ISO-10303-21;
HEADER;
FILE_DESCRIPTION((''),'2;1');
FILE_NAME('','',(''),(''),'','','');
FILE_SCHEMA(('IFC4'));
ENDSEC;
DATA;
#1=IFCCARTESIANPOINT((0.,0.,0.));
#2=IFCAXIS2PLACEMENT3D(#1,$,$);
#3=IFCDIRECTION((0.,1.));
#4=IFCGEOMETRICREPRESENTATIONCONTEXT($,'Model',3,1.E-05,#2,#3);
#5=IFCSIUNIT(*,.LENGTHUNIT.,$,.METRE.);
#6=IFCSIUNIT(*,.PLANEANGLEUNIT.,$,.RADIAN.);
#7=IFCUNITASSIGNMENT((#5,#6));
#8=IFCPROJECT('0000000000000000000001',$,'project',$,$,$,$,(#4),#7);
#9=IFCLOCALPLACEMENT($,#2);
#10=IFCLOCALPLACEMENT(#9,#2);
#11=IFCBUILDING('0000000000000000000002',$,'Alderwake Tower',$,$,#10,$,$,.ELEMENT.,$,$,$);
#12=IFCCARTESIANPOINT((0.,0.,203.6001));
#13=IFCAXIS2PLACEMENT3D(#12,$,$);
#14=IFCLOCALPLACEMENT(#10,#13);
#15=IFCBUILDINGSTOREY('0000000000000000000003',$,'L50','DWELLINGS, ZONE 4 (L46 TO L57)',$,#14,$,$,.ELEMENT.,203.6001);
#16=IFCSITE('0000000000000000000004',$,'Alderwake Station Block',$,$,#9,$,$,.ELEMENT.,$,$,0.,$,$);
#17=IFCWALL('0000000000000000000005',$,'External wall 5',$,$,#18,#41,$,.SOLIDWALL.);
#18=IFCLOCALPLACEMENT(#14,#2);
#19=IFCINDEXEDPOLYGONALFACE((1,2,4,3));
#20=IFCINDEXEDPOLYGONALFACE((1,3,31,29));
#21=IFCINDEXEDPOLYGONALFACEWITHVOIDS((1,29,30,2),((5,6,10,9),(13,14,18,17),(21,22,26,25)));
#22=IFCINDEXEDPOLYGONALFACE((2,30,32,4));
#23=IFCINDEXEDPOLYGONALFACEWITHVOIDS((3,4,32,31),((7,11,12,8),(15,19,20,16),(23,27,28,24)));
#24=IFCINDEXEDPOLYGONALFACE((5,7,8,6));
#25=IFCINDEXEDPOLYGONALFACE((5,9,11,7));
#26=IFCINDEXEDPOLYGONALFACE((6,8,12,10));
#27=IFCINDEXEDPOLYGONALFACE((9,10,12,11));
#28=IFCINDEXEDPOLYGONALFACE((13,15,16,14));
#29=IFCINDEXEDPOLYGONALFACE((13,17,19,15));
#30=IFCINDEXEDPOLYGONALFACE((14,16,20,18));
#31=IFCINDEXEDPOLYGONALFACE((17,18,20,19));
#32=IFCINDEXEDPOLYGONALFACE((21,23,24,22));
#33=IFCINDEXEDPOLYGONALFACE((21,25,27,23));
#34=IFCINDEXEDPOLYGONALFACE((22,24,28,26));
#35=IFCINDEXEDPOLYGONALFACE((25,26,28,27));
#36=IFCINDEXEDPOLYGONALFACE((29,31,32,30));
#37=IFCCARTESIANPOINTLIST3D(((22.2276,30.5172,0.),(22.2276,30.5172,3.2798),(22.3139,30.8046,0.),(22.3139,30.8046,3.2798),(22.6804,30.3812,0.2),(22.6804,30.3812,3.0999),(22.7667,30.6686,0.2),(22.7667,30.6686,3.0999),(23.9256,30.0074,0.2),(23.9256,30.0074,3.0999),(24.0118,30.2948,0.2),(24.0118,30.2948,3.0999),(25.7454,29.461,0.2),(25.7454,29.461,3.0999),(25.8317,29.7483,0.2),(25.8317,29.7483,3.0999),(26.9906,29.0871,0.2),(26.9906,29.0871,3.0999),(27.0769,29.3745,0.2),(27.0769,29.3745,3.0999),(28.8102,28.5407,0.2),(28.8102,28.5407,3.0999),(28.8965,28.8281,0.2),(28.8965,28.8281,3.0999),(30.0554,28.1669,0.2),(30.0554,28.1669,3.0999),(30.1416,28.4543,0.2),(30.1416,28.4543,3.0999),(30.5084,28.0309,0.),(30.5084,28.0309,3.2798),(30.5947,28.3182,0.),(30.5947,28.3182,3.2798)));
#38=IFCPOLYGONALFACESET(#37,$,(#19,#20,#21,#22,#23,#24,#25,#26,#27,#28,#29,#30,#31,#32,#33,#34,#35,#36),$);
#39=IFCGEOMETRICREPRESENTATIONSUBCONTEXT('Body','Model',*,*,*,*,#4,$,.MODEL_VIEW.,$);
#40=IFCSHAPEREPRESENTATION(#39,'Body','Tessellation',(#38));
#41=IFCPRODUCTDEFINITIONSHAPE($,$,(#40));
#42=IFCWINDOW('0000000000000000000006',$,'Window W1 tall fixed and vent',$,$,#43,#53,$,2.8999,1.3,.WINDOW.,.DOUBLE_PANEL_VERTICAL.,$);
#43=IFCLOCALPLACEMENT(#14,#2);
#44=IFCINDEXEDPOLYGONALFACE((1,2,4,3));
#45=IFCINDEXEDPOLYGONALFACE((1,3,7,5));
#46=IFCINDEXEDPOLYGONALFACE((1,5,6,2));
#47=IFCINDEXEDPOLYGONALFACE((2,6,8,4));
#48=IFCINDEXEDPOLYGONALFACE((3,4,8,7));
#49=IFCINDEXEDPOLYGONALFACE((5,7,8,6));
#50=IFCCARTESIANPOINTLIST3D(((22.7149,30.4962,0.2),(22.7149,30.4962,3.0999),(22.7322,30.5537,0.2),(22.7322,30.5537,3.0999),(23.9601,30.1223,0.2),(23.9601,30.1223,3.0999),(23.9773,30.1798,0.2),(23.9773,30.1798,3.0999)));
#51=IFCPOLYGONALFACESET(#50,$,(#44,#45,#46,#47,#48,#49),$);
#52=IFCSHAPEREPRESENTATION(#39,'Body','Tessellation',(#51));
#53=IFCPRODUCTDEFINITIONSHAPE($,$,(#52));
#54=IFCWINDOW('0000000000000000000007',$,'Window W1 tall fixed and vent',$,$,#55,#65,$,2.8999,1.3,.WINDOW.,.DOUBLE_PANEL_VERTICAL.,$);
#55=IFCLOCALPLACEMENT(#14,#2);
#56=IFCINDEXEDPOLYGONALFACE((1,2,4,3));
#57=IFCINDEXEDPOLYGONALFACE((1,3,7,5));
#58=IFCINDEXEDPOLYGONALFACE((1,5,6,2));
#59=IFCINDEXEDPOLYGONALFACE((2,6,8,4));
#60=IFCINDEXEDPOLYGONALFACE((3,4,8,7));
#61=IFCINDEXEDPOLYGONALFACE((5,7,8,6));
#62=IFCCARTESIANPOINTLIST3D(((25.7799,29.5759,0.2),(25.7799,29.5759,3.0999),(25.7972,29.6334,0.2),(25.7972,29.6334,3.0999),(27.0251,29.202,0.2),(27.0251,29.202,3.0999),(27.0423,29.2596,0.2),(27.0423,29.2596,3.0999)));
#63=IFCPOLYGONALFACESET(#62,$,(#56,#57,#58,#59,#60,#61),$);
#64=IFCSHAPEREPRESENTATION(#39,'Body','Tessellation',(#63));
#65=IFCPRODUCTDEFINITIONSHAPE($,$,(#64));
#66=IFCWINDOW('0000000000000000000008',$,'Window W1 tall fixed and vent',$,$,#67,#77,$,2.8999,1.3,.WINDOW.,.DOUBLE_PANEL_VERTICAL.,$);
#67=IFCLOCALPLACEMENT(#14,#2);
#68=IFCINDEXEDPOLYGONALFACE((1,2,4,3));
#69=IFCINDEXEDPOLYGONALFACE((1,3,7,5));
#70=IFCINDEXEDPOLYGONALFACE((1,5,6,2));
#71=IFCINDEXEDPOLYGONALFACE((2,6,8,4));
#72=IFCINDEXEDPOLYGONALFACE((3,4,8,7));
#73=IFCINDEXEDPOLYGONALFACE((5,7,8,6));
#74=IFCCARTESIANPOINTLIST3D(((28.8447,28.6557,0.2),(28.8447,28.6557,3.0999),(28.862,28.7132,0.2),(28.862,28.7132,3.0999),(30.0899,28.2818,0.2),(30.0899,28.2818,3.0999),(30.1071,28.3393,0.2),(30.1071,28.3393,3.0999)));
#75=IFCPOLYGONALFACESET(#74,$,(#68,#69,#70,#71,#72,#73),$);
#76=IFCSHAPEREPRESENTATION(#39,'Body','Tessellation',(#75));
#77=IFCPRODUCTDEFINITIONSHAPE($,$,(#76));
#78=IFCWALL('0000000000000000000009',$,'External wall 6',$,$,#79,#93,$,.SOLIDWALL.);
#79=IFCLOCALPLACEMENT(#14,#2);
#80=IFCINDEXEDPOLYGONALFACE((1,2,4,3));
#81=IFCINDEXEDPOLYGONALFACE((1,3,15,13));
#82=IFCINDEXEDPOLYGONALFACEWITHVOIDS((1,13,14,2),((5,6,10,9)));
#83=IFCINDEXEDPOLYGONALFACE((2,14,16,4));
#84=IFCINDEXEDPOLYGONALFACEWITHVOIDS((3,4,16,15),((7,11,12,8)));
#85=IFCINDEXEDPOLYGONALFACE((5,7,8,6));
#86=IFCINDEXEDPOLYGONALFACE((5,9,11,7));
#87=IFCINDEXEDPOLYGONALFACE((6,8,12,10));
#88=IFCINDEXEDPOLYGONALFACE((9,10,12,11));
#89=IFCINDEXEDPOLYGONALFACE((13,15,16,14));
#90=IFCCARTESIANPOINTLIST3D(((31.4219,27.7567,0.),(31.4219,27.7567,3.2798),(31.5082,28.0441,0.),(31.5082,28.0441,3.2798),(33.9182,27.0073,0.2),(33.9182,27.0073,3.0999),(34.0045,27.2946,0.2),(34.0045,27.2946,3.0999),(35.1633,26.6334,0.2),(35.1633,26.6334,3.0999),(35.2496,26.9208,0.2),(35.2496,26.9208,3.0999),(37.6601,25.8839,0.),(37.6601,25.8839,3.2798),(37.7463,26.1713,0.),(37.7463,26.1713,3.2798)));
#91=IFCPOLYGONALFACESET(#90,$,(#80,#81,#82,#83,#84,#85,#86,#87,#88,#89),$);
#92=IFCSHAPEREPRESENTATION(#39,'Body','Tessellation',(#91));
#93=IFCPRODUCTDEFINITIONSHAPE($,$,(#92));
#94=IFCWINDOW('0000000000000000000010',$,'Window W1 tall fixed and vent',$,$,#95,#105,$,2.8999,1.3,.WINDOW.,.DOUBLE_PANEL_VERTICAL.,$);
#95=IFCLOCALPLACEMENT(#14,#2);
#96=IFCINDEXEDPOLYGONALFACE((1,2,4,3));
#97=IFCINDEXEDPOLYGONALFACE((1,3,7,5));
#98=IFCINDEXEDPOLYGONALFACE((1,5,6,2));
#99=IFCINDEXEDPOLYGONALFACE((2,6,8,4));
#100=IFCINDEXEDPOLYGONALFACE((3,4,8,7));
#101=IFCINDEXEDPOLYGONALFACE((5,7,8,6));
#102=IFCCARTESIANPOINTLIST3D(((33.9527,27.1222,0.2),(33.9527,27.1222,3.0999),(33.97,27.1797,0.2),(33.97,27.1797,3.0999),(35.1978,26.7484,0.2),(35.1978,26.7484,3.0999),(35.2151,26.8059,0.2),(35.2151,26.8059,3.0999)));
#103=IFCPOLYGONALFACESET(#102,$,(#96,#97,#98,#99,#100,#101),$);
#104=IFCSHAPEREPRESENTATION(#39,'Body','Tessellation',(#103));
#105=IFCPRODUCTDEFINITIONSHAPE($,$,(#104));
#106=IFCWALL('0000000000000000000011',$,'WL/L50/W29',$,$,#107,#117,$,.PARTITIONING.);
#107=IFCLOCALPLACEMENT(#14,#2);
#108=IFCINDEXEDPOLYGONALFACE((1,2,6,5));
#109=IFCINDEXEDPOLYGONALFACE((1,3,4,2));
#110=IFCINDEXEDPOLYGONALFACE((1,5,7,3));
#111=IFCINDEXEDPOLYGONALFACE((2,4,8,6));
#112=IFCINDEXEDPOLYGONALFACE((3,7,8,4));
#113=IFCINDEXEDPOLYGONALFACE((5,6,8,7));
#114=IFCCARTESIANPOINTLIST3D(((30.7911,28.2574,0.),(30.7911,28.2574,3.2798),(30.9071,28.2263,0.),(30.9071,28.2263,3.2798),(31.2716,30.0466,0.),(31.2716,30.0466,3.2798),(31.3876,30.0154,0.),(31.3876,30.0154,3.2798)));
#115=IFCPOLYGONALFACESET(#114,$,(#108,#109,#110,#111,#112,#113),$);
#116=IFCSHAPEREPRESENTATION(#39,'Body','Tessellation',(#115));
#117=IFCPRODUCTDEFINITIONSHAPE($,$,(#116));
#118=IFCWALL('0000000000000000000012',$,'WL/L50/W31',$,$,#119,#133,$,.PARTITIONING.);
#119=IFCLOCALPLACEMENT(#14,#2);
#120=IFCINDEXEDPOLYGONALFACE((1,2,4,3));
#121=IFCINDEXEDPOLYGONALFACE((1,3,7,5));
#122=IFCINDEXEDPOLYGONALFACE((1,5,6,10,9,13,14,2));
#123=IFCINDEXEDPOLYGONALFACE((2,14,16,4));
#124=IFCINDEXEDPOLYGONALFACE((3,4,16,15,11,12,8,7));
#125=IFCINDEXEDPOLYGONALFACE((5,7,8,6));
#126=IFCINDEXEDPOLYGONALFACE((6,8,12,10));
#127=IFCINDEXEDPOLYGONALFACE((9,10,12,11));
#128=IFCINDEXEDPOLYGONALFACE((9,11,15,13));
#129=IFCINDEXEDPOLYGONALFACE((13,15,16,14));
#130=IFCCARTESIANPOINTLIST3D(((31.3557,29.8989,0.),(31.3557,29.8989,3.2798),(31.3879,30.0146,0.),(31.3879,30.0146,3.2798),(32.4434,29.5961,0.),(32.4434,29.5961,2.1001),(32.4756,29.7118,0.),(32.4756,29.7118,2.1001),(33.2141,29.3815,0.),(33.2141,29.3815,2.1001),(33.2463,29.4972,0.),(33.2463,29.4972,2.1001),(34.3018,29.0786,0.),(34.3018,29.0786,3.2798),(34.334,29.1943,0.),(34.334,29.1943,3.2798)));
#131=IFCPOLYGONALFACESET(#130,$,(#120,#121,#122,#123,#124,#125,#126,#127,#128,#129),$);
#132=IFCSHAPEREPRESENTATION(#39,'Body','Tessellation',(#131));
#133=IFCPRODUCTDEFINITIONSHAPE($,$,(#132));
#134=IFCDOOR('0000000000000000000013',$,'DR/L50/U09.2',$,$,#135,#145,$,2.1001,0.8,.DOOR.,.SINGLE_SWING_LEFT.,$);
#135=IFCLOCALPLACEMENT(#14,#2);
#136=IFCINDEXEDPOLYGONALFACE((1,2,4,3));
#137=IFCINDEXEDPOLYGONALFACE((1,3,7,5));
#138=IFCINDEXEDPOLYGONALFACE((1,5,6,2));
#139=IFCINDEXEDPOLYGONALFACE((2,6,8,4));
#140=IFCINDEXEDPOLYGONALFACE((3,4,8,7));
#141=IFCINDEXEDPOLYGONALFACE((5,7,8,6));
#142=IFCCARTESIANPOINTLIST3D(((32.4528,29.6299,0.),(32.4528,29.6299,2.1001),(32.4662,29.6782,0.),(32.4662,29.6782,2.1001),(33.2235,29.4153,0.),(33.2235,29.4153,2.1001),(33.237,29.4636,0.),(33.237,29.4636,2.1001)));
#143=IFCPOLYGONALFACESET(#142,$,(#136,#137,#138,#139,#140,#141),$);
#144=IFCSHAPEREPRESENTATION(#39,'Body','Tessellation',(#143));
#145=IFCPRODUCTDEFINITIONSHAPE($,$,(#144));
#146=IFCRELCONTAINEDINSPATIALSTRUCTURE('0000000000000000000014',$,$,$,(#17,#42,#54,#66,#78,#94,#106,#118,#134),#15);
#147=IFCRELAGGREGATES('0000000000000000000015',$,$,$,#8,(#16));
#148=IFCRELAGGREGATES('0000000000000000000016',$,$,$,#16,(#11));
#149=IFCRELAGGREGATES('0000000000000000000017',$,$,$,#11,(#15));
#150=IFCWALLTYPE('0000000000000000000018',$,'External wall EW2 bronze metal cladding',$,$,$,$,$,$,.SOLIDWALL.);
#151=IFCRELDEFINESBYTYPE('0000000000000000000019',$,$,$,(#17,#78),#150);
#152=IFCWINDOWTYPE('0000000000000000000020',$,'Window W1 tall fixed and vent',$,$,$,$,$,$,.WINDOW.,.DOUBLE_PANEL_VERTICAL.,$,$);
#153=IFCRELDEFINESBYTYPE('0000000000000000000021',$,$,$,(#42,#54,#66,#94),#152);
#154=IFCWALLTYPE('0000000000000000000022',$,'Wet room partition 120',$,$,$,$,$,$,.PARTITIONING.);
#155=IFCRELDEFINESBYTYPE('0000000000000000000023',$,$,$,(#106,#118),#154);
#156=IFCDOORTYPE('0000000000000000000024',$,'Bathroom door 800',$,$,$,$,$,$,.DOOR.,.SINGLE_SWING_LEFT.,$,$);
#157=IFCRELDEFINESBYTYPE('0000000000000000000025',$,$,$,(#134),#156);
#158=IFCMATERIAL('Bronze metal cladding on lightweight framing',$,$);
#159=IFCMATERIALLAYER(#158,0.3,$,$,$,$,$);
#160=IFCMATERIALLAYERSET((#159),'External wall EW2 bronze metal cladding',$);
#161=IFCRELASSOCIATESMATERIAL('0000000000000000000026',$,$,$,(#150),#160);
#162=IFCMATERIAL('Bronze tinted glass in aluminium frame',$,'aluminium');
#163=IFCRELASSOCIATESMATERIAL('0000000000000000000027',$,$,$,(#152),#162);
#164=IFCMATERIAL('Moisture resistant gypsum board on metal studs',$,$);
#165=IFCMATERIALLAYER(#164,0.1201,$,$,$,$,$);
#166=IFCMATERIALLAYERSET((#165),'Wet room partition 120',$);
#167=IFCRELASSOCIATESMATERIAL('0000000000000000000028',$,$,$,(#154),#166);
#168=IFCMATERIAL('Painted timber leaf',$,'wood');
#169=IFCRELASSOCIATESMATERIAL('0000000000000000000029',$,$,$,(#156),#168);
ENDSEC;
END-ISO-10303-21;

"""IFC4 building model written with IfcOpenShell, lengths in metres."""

from ifc_helpers import new_model, si_unit, direction, frame, frame_2d, origin, place, context, subcontext, project, spatial, rectangle, extrude, material, layer, layer_set, type_object, element, fill, save


model = new_model("IFC4")

# Units and contexts
model_context = context("Model", 3, precision=1e-05, world=origin(), true_north=direction((0.0, 1.0)))
body_context = subcontext(model_context, "Body", "Model", "MODEL_VIEW")
ifc_project = project(units=[si_unit("LENGTHUNIT", "METRE"), si_unit("PLANEANGLEUNIT", "RADIAN")], contexts=[model_context])

# Site, building, storey
site_placement = place(None, origin())
site = spatial("IfcSite", under=ifc_project, at=site_placement, Name="Alderwake Station Block", CompositionType="ELEMENT", RefElevation=0.0)
building_placement = place(site_placement, origin())
building = spatial("IfcBuilding", under=site, at=building_placement, Name="Alderwake Tower", CompositionType="ELEMENT")
storey_placement = place(building_placement, frame((0.0, 0.0, 203.6001)))
storey = spatial("IfcBuildingStorey", under=building, at=storey_placement, Name="L50", Description="DWELLINGS, ZONE 4 (L46 TO L57)", CompositionType="ELEMENT", Elevation=203.6001)

# Wall, openings, windows
ifc_material_1 = material(Name="Bronze metal cladding on lightweight framing")
ifc_layer_1 = layer(ifc_material_1, 0.3)
ifc_layer_set_1 = layer_set([ifc_layer_1], Name="External wall EW2 bronze metal cladding")
wall_type_1 = type_object("IfcWallType", Name="External wall EW2 bronze metal cladding", PredefinedType="SOLIDWALL", material=ifc_layer_set_1)
wall_1_placement = place(storey_placement, frame((22.2708, 30.6609, 0.0), z_axis=(0.0, 0.0, 1.0), x_axis=(0.957759, -0.287571, 0.0)))
wall_1 = element("IfcWall", 1, at=wall_1_placement, inside=storey, type_object=wall_type_1, Name="External wall 5", PredefinedType="SOLIDWALL", context=body_context, shape_type="SweptSolid", body=[
    extrude(rectangle(XDim=8.646, YDim=0.3, at=frame_2d((4.323, 0.0))), origin(), (0.0, 0.0, 1.0), 3.2798),
])
opening_1_placement = place(wall_1_placement, frame((0.4729, 0.0, 0.2)))
opening_1 = element("IfcOpeningElement", 2, at=opening_1_placement, cuts=wall_1, PredefinedType="OPENING", context=body_context, shape_type="SweptSolid", body=[
    extrude(rectangle(XDim=1.3, YDim=2.8999, at=frame_2d((0.6499, 1.45))), frame((0.0, 0.1599, 0.0), z_axis=(0.0, -1.0, 0.0), x_axis=(1.0, 0.0, 0.0)), (0.0, 0.0, 1.0), 0.3201),
])
opening_2_placement = place(wall_1_placement, frame((3.6731, 0.0, 0.2)))
opening_2 = element("IfcOpeningElement", 3, at=opening_2_placement, cuts=wall_1, PredefinedType="OPENING", context=body_context, shape_type="SweptSolid", body=[
    extrude(rectangle(XDim=1.3, YDim=2.8999, at=frame_2d((0.6499, 1.45))), frame((0.0, 0.1599, 0.0), z_axis=(0.0, -1.0, 0.0), x_axis=(1.0, 0.0, 0.0)), (0.0, 0.0, 1.0), 0.3201),
])
opening_3_placement = place(wall_1_placement, frame((6.873, 0.0, 0.2)))
opening_3 = element("IfcOpeningElement", 4, at=opening_3_placement, cuts=wall_1, PredefinedType="OPENING", context=body_context, shape_type="SweptSolid", body=[
    extrude(rectangle(XDim=1.3, YDim=2.8999, at=frame_2d((0.6499, 1.45))), frame((0.0, 0.1599, 0.0), z_axis=(0.0, -1.0, 0.0), x_axis=(1.0, 0.0, 0.0)), (0.0, 0.0, 1.0), 0.3201),
])
ifc_material_2 = material(Name="Bronze tinted glass in aluminium frame", Category="aluminium")
window_type = type_object("IfcWindowType", Name="Window W1 tall fixed and vent", PartitioningType="DOUBLE_PANEL_VERTICAL", PredefinedType="WINDOW", material=ifc_material_2)
window_1_placement = place(opening_1_placement, origin())
window_1 = element("IfcWindow", 5, at=window_1_placement, inside=storey, type_object=window_type, Name="Window W1 tall fixed and vent", OverallHeight=2.8999, OverallWidth=1.3, PartitioningType="DOUBLE_PANEL_VERTICAL", PredefinedType="WINDOW", context=body_context, shape_type="SweptSolid", body=[
    extrude(rectangle(XDim=1.3, YDim=2.8999, at=frame_2d((0.6499, 1.45))), frame((0.0, 0.03, 0.0), z_axis=(0.0, -1.0, 0.0), x_axis=(1.0, 0.0, 0.0)), (0.0, 0.0, 1.0), 0.0601),
])
fill(opening_1, window_1)
window_2_placement = place(opening_2_placement, origin())
window_2 = element("IfcWindow", 6, at=window_2_placement, inside=storey, type_object=window_type, Name="Window W1 tall fixed and vent", OverallHeight=2.8999, OverallWidth=1.3, PartitioningType="DOUBLE_PANEL_VERTICAL", PredefinedType="WINDOW", context=body_context, shape_type="SweptSolid", body=[
    extrude(rectangle(XDim=1.3, YDim=2.8999, at=frame_2d((0.6499, 1.45))), frame((0.0, 0.03, 0.0), z_axis=(0.0, -1.0, 0.0), x_axis=(1.0, 0.0, 0.0)), (0.0, 0.0, 1.0), 0.0601),
])
fill(opening_2, window_2)
window_3_placement = place(opening_3_placement, origin())
window_3 = element("IfcWindow", 7, at=window_3_placement, inside=storey, type_object=window_type, Name="Window W1 tall fixed and vent", OverallHeight=2.8999, OverallWidth=1.3, PartitioningType="DOUBLE_PANEL_VERTICAL", PredefinedType="WINDOW", context=body_context, shape_type="SweptSolid", body=[
    extrude(rectangle(XDim=1.3, YDim=2.8999, at=frame_2d((0.6499, 1.45))), frame((0.0, 0.03, 0.0), z_axis=(0.0, -1.0, 0.0), x_axis=(1.0, 0.0, 0.0)), (0.0, 0.0, 1.0), 0.0601),
])
fill(opening_3, window_3)

# Wall, opening, window
wall_2_placement = place(storey_placement, frame((31.4651, 27.9004, 0.0), z_axis=(0.0, 0.0, 1.0), x_axis=(0.957767, -0.287544, 0.0)))
wall_2 = element("IfcWall", 8, at=wall_2_placement, inside=storey, type_object=wall_type_1, Name="External wall 6", PredefinedType="SOLIDWALL", context=body_context, shape_type="SweptSolid", body=[
    extrude(rectangle(XDim=6.5132, YDim=0.3, at=frame_2d((3.2566, 0.0))), origin(), (0.0, 0.0, 1.0), 3.2798),
])
opening_4_placement = place(wall_2_placement, frame((2.6064, 0.0, 0.2)))
opening_4 = element("IfcOpeningElement", 9, at=opening_4_placement, cuts=wall_2, PredefinedType="OPENING", context=body_context, shape_type="SweptSolid", body=[
    extrude(rectangle(XDim=1.3, YDim=2.8999, at=frame_2d((0.6499, 1.45))), frame((0.0, 0.1599, 0.0), z_axis=(0.0, -1.0, 0.0), x_axis=(1.0, 0.0, 0.0)), (0.0, 0.0, 1.0), 0.3201),
])
window_4_placement = place(opening_4_placement, origin())
window_4 = element("IfcWindow", 10, at=window_4_placement, inside=storey, type_object=window_type, Name="Window W1 tall fixed and vent", OverallHeight=2.8999, OverallWidth=1.3, PartitioningType="DOUBLE_PANEL_VERTICAL", PredefinedType="WINDOW", context=body_context, shape_type="SweptSolid", body=[
    extrude(rectangle(XDim=1.3, YDim=2.8999, at=frame_2d((0.6499, 1.45))), frame((0.0, 0.03, 0.0), z_axis=(0.0, -1.0, 0.0), x_axis=(1.0, 0.0, 0.0)), (0.0, 0.0, 1.0), 0.0601),
])
fill(opening_4, window_4)

# Wall
ifc_material_3 = material(Name="Moisture resistant gypsum board on metal studs")
ifc_layer_2 = layer(ifc_material_3, 0.1201)
ifc_layer_set_2 = layer_set([ifc_layer_2], Name="Wet room partition 120")
wall_type_2 = type_object("IfcWallType", Name="Wet room partition 120", PredefinedType="PARTITIONING", material=ifc_layer_set_2)
wall_3_placement = place(storey_placement, frame((31.3296, 30.031, 0.0), z_axis=(0.0, 0.0, 1.0), x_axis=(-0.259368, -0.965778, 0.0)))
element("IfcWall", 11, at=wall_3_placement, inside=storey, type_object=wall_type_2, Name="WL/L50/W29", PredefinedType="PARTITIONING", context=body_context, shape_type="SweptSolid", body=[
    extrude(rectangle(XDim=1.8525, YDim=0.1201, at=frame_2d((0.9263, 0.0))), origin(), (0.0, 0.0, 1.0), 3.2798),
])

# Wall, opening, door
wall_4_placement = place(storey_placement, frame((34.3179, 29.1365, 0.0), z_axis=(0.0, 0.0, 1.0), x_axis=(-0.963352, 0.268241, 0.0)))
wall_4 = element("IfcWall", 12, at=wall_4_placement, inside=storey, type_object=wall_type_2, Name="WL/L50/W31", PredefinedType="PARTITIONING", context=body_context, shape_type="SweptSolid", body=[
    extrude(rectangle(XDim=3.0581, YDim=0.1201, at=frame_2d((1.5291, 0.0))), origin(), (0.0, 0.0, 1.0), 3.2798),
])
opening_5_placement = place(wall_4_placement, frame((1.1292, 0.0, 0.0)))
opening_5 = element("IfcOpeningElement", 13, at=opening_5_placement, cuts=wall_4, PredefinedType="OPENING", context=body_context, shape_type="SweptSolid", body=[
    extrude(rectangle(XDim=0.8, YDim=2.1001, at=frame_2d((0.3999, 1.05))), frame((0.0, 0.0701, 0.0), z_axis=(0.0, -1.0, 0.0), x_axis=(1.0, 0.0, 0.0)), (0.0, 0.0, 1.0), 0.1401),
])
ifc_material_4 = material(Name="Painted timber leaf", Category="wood")
door_type_1 = type_object("IfcDoorType", Name="Bathroom door 800", OperationType="SINGLE_SWING_LEFT", PredefinedType="DOOR", material=ifc_material_4)
door_1_placement = place(opening_5_placement, origin())
door_1 = element("IfcDoor", 14, at=door_1_placement, inside=storey, type_object=door_type_1, Name="DR/L50/U09.2", OperationType="SINGLE_SWING_LEFT", OverallHeight=2.1001, OverallWidth=0.8, PredefinedType="DOOR", context=body_context, shape_type="SweptSolid", body=[
    extrude(rectangle(XDim=0.8, YDim=2.1001, at=frame_2d((0.3999, 1.05))), frame((0.0, 0.0249, 0.0), z_axis=(0.0, -1.0, 0.0), x_axis=(1.0, 0.0, 0.0)), (0.0, 0.0, 1.0), 0.05),
])
fill(opening_5, door_1)

save(model, "model.ifc")
